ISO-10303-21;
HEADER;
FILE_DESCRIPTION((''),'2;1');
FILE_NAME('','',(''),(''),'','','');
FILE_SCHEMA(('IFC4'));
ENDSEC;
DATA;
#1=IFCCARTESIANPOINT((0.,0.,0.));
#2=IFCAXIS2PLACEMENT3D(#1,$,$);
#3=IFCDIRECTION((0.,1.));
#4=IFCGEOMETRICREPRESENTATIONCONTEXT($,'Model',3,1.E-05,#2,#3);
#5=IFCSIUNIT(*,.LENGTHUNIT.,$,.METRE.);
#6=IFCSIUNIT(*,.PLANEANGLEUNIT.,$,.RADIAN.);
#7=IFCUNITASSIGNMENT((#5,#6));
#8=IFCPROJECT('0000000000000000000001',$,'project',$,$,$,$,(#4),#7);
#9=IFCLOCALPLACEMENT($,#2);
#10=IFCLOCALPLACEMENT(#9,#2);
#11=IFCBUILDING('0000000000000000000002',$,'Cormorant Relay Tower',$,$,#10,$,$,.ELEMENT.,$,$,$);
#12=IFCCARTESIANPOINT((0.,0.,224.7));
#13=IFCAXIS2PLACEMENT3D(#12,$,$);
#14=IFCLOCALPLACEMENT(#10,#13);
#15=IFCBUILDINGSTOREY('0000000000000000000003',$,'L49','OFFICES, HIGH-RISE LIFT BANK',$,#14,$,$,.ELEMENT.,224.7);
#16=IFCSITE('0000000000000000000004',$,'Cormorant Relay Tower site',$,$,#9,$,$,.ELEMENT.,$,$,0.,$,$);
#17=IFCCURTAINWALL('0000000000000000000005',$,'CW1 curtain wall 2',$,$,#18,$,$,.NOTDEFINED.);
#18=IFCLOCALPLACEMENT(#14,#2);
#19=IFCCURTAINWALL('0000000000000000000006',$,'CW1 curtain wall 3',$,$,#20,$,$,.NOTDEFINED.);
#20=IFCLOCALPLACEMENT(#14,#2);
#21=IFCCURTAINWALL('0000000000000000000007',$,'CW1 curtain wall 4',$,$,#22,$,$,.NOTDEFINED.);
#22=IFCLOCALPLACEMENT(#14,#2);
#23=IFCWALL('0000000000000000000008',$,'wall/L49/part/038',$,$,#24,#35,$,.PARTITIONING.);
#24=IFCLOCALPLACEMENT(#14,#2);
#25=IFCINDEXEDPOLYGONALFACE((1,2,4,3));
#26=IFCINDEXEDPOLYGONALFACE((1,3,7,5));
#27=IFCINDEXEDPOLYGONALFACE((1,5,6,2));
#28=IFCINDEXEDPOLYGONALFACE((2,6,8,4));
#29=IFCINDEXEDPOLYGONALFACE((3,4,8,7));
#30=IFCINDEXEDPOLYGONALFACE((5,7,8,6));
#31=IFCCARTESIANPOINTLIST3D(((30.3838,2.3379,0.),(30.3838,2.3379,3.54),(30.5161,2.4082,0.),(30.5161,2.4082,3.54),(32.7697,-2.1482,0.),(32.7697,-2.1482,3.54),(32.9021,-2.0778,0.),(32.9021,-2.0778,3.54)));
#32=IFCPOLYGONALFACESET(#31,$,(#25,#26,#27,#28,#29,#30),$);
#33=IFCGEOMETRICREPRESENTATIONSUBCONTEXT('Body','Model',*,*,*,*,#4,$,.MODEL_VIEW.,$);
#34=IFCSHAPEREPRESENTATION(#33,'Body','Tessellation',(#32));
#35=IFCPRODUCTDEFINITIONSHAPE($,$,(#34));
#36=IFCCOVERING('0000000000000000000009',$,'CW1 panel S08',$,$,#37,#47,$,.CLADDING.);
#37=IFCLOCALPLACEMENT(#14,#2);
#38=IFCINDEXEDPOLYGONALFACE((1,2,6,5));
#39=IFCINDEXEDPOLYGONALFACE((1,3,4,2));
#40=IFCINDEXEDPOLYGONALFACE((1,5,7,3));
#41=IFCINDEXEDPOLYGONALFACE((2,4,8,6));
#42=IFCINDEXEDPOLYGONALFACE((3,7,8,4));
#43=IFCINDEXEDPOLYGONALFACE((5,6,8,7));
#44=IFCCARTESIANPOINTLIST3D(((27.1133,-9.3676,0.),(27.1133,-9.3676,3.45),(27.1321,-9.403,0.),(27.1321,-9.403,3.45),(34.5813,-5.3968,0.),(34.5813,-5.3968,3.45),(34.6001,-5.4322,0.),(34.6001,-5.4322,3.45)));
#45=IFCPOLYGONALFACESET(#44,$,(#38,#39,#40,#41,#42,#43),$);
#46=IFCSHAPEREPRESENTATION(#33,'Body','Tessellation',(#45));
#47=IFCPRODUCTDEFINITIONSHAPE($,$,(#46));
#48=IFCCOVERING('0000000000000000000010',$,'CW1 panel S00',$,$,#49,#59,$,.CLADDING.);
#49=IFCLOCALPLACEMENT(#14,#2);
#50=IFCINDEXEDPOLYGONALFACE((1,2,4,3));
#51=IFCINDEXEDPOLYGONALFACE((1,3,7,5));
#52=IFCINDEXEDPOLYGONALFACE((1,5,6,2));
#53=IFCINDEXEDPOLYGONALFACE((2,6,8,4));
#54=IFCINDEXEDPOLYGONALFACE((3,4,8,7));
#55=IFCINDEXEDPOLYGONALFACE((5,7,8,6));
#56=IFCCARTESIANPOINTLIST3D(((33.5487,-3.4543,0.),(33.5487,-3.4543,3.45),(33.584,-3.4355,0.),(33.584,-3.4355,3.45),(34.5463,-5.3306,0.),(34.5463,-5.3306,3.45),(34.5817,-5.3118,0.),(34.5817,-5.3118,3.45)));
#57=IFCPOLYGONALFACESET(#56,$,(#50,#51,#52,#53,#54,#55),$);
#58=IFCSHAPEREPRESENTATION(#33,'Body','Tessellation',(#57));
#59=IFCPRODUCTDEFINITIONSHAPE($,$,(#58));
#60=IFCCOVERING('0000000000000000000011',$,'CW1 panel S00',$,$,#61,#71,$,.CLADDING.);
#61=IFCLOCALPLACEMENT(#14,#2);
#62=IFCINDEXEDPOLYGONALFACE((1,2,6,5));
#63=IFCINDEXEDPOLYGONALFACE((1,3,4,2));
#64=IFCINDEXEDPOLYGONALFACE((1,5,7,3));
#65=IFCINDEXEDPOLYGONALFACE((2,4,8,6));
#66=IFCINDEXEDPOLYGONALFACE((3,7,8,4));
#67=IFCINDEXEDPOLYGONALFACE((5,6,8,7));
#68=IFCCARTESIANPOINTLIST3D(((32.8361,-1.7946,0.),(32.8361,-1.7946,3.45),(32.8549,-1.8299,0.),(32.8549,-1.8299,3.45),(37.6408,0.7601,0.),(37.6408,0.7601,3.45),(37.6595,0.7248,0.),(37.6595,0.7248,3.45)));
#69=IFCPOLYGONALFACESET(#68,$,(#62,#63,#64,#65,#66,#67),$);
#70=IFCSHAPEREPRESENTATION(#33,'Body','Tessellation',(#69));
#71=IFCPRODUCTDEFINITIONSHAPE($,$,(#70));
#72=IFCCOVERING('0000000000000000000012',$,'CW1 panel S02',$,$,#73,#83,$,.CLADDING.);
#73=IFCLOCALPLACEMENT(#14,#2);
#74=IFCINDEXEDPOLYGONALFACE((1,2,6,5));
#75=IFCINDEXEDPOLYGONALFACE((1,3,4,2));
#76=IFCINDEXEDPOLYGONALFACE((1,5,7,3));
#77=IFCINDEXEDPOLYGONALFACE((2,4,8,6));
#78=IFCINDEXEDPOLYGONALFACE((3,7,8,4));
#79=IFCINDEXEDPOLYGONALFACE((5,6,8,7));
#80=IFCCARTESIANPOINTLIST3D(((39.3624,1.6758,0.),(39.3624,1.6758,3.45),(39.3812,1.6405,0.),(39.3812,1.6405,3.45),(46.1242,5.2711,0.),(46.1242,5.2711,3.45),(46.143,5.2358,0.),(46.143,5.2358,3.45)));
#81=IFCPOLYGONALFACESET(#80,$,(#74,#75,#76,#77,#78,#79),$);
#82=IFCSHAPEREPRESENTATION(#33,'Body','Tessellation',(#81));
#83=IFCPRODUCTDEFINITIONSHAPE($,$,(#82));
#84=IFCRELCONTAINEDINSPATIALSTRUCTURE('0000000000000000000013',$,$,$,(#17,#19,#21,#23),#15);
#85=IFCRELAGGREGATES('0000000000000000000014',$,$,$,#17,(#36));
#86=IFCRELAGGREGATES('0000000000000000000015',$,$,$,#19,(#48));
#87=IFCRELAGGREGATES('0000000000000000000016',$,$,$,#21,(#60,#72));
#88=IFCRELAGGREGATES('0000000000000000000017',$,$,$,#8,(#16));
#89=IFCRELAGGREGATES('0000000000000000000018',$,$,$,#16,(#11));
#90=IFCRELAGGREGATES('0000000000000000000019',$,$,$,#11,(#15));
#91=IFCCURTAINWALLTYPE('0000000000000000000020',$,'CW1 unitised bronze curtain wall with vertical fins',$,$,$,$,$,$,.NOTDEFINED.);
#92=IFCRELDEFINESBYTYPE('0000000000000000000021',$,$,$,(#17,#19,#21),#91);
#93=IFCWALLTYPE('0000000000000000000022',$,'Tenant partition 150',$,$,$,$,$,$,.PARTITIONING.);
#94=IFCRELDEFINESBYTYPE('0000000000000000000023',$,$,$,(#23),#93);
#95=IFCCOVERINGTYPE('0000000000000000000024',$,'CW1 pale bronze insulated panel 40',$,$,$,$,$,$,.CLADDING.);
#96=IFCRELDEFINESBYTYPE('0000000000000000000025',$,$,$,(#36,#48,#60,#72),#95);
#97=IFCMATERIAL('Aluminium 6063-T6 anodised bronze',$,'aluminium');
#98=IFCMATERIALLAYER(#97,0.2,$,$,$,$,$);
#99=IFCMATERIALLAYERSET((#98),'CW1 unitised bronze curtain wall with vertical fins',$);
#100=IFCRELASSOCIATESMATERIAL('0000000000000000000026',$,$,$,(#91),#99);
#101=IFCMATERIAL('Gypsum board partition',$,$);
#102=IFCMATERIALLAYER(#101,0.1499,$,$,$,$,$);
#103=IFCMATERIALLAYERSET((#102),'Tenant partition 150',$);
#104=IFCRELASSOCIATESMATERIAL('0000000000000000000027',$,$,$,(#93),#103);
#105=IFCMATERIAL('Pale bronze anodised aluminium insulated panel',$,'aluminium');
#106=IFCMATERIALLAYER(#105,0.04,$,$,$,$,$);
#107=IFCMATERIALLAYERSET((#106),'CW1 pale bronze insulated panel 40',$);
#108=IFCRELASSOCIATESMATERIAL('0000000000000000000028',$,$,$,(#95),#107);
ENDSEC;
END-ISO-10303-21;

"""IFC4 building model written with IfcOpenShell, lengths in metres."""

from ifc_helpers import new_model, si_unit, direction, frame, frame_2d, origin, origin_2d, place, context, subcontext, project, spatial, rectangle, extrude, material, layer, layer_set, type_object, element, aggregate, save


model = new_model("IFC4")

# Units and contexts
model_context = context("Model", 3, precision=1e-05, world=origin(), true_north=direction((0.0, 1.0)))
body_context = subcontext(model_context, "Body", "Model", "MODEL_VIEW")
ifc_project = project(units=[si_unit("LENGTHUNIT", "METRE"), si_unit("PLANEANGLEUNIT", "RADIAN")], contexts=[model_context])

# Site, building, storey
site_placement = place(None, origin())
site = spatial("IfcSite", under=ifc_project, at=site_placement, Name="Cormorant Relay Tower site", CompositionType="ELEMENT", RefElevation=0.0)
building_placement = place(site_placement, origin())
building = spatial("IfcBuilding", under=site, at=building_placement, Name="Cormorant Relay Tower", CompositionType="ELEMENT")
storey_placement = place(building_placement, frame((0.0, 0.0, 224.7)))
storey = spatial("IfcBuildingStorey", under=building, at=storey_placement, Name="L49", Description="OFFICES, HIGH-RISE LIFT BANK", CompositionType="ELEMENT", Elevation=224.7)

# Curtain walls
ifc_material_1 = material(Name="Aluminium 6063-T6 anodised bronze", Category="aluminium")
ifc_layer_1 = layer(ifc_material_1, 0.2)
ifc_layer_set_1 = layer_set([ifc_layer_1], Name="CW1 unitised bronze curtain wall with vertical fins")
curtain_wall_type = type_object("IfcCurtainWallType", Name="CW1 unitised bronze curtain wall with vertical fins", PredefinedType="NOTDEFINED", material=ifc_layer_set_1)
curtain_wall_1_placement = place(storey_placement, origin())
curtain_wall_1 = element("IfcCurtainWall", 1, at=curtain_wall_1_placement, inside=storey, type_object=curtain_wall_type, Name="CW1 curtain wall 2", PredefinedType="NOTDEFINED")
curtain_wall_2_placement = place(storey_placement, origin())
curtain_wall_2 = element("IfcCurtainWall", 2, at=curtain_wall_2_placement, inside=storey, type_object=curtain_wall_type, Name="CW1 curtain wall 3", PredefinedType="NOTDEFINED")

# Curtain wall
curtain_wall_3_placement = place(storey_placement, origin())
curtain_wall_3 = element("IfcCurtainWall", 3, at=curtain_wall_3_placement, inside=storey, type_object=curtain_wall_type, Name="CW1 curtain wall 4", PredefinedType="NOTDEFINED")

# Wall
ifc_material_2 = material(Name="Gypsum board partition")
ifc_layer_2 = layer(ifc_material_2, 0.1499)
ifc_layer_set_2 = layer_set([ifc_layer_2], Name="Tenant partition 150")
wall_type_1 = type_object("IfcWallType", Name="Tenant partition 150", PredefinedType="PARTITIONING", material=ifc_layer_set_2)
wall_1_placement = place(storey_placement, frame((30.45, 2.373, 0.0), z_axis=(0.0, 0.0, 1.0), x_axis=(0.469578, -0.882891, 0.0)))
element("IfcWall", 4, at=wall_1_placement, inside=storey, type_object=wall_type_1, Name="wall/L49/part/038", PredefinedType="PARTITIONING", context=body_context, shape_type="SweptSolid", body=[
    extrude(rectangle(XDim=5.0811, YDim=0.1499, at=frame_2d((2.5405, 0.0))), origin(), (0.0, 0.0, 1.0), 3.54),
])

# Coverings
ifc_material_3 = material(Name="Pale bronze anodised aluminium insulated panel", Category="aluminium")
ifc_layer_3 = layer(ifc_material_3, 0.04)
ifc_layer_set_3 = layer_set([ifc_layer_3], Name="CW1 pale bronze insulated panel 40")
covering_type = type_object("IfcCoveringType", Name="CW1 pale bronze insulated panel 40", PredefinedType="CLADDING", material=ifc_layer_set_3)
covering_1_placement = place(storey_placement, frame((30.8567, -7.3999, 0.0), z_axis=(0.0, 0.0, 1.0), x_axis=(0.882948, 0.469472, 0.0)))
covering_1 = element("IfcCovering", 5, at=covering_1_placement, type_object=covering_type, Name="CW1 panel S08", PredefinedType="CLADDING", context=body_context, shape_type="SweptSolid", body=[
    extrude(rectangle(XDim=8.458, YDim=0.04, at=origin_2d()), origin(), (0.0, 0.0, 1.0), 3.45),
])
aggregate(curtain_wall_1, [covering_1])
covering_2_placement = place(storey_placement, frame((34.0652, -4.3831, 0.0), z_axis=(0.0, 0.0, 1.0), x_axis=(-0.469472, 0.882948, 0.0)))
covering_2 = element("IfcCovering", 6, at=covering_2_placement, type_object=covering_type, Name="CW1 panel S00", PredefinedType="CLADDING", context=body_context, shape_type="SweptSolid", body=[
    extrude(rectangle(XDim=2.125, YDim=0.04, at=origin_2d()), origin(), (0.0, 0.0, 1.0), 3.45),
])
aggregate(curtain_wall_2, [covering_2])
covering_3_placement = place(storey_placement, frame((35.2478, -0.5349, 0.0), z_axis=(0.0, 0.0, 1.0), x_axis=(0.882948, 0.469472, 0.0)))
covering_3 = element("IfcCovering", 7, at=covering_3_placement, type_object=covering_type, Name="CW1 panel S00", PredefinedType="CLADDING", context=body_context, shape_type="SweptSolid", body=[
    extrude(rectangle(XDim=5.4417, YDim=0.04, at=origin_2d()), origin(), (0.0, 0.0, 1.0), 3.45),
])
covering_4_placement = place(storey_placement, frame((42.7527, 3.4558, 0.0), z_axis=(0.0, 0.0, 1.0), x_axis=(0.882948, 0.469472, 0.0)))
covering_4 = element("IfcCovering", 8, at=covering_4_placement, type_object=covering_type, Name="CW1 panel S02", PredefinedType="CLADDING", context=body_context, shape_type="SweptSolid", body=[
    extrude(rectangle(XDim=7.6582, YDim=0.04, at=origin_2d()), origin(), (0.0, 0.0, 1.0), 3.45),
])
aggregate(curtain_wall_3, [covering_3, covering_4])

save(model, "model.ifc")
